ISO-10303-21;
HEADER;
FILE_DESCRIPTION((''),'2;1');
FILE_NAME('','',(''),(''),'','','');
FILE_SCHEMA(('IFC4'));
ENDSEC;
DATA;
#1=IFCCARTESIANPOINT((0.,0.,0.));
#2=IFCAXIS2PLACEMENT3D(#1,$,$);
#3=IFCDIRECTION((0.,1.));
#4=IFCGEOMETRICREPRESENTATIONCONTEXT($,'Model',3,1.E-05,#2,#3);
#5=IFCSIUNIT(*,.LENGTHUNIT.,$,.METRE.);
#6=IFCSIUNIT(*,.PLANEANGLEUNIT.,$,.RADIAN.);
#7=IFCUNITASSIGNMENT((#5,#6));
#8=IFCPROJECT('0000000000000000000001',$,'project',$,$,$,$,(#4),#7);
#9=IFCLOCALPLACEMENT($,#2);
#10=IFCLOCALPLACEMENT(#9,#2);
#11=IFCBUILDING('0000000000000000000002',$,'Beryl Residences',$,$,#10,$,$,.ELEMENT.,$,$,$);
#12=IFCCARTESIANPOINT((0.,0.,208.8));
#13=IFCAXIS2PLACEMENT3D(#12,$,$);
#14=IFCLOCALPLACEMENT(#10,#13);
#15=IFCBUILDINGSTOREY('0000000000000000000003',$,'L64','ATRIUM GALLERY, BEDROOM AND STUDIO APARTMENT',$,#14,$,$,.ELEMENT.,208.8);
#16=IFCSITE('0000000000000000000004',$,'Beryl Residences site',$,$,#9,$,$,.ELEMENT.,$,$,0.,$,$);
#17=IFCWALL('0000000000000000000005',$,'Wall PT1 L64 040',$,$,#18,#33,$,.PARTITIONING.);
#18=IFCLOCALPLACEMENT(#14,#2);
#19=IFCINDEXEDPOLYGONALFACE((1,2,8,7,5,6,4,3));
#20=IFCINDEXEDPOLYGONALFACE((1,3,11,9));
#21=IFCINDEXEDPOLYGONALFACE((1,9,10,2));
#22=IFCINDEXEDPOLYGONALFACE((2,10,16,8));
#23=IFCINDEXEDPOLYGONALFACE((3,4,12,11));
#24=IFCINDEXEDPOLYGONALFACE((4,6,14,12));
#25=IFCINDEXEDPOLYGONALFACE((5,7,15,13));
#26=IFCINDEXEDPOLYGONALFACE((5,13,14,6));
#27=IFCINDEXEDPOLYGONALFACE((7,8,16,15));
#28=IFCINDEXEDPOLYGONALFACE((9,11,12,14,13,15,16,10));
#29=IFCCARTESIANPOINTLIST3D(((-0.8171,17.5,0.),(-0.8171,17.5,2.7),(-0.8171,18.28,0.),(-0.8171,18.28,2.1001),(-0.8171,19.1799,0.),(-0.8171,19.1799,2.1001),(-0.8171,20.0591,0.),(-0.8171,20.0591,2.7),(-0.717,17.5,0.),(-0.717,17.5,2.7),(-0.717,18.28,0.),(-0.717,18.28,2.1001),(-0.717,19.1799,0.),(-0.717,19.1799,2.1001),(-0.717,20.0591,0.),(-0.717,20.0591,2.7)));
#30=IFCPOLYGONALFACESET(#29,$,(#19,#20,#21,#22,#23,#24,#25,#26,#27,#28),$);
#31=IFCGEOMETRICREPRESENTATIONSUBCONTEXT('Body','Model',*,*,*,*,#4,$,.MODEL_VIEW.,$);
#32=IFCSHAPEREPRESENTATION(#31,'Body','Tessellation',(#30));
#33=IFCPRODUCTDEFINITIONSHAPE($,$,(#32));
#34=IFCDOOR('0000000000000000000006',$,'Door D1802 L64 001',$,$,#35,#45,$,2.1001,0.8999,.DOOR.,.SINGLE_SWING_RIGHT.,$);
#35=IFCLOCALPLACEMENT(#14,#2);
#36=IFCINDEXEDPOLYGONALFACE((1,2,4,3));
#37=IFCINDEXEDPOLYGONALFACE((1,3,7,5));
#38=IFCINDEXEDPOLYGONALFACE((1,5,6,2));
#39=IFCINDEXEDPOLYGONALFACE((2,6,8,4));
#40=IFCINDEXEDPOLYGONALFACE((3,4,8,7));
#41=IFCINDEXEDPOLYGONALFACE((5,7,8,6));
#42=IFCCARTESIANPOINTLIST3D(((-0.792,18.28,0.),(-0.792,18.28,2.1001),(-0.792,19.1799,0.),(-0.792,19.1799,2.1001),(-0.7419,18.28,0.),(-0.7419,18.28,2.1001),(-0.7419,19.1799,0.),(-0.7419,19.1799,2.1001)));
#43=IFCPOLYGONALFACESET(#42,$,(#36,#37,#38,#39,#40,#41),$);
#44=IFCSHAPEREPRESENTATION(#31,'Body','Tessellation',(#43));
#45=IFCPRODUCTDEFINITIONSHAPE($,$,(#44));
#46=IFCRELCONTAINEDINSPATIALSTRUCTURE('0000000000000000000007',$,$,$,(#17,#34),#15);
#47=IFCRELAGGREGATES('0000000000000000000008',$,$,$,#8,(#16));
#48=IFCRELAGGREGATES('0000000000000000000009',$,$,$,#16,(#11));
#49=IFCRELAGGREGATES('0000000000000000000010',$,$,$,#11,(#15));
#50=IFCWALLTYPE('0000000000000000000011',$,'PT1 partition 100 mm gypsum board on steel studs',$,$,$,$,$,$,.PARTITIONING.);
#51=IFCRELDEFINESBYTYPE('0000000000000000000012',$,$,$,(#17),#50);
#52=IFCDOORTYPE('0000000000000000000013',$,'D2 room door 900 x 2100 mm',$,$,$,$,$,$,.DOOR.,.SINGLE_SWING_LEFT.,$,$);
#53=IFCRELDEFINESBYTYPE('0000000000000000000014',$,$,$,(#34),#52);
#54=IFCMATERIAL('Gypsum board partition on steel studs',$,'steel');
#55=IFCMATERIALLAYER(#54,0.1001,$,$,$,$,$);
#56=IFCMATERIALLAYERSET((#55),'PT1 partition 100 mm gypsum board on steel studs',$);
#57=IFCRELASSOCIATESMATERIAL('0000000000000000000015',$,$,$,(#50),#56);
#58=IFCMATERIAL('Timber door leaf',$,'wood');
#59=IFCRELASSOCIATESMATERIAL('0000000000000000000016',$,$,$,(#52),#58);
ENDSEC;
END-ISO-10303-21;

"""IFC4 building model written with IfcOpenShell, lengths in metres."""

from ifc_helpers import new_model, si_unit, direction, frame, frame_2d, origin, place, context, subcontext, project, spatial, rectangle, extrude, material, layer, layer_set, type_object, element, fill, save


model = new_model("IFC4")

# Units and contexts
model_context = context("Model", 3, precision=1e-05, world=origin(), true_north=direction((0.0, 1.0)))
body_context = subcontext(model_context, "Body", "Model", "MODEL_VIEW")
ifc_project = project(units=[si_unit("LENGTHUNIT", "METRE"), si_unit("PLANEANGLEUNIT", "RADIAN")], contexts=[model_context])

# Site, building, storey
site_placement = place(None, origin())
site = spatial("IfcSite", under=ifc_project, at=site_placement, Name="Beryl Residences site", CompositionType="ELEMENT", RefElevation=0.0)
building_placement = place(site_placement, origin())
building = spatial("IfcBuilding", under=site, at=building_placement, Name="Beryl Residences", CompositionType="ELEMENT")
storey_placement = place(building_placement, frame((0.0, 0.0, 208.8)))
storey = spatial("IfcBuildingStorey", under=building, at=storey_placement, Name="L64", Description="ATRIUM GALLERY, BEDROOM AND STUDIO APARTMENT", CompositionType="ELEMENT", Elevation=208.8)

# Shared definitions
ifc_material_1 = material(Name="Gypsum board partition on steel studs", Category="steel")
ifc_layer = layer(ifc_material_1, 0.1001)
ifc_layer_set = layer_set([ifc_layer], Name="PT1 partition 100 mm gypsum board on steel studs")
wall_type = type_object("IfcWallType", Name="PT1 partition 100 mm gypsum board on steel studs", PredefinedType="PARTITIONING", material=ifc_layer_set)

# Wall, opening, door
wall_1_placement = place(storey_placement, frame((-0.7671, 17.5, 0.0), z_axis=(0.0, 0.0, 1.0), x_axis=(0.0, 1.0, 0.0)))
wall_1 = element("IfcWall", 1, at=wall_1_placement, inside=storey, type_object=wall_type, Name="Wall PT1 L64 040", PredefinedType="PARTITIONING", context=body_context, shape_type="SweptSolid", body=[
    extrude(rectangle(XDim=2.5591, YDim=0.1001, at=frame_2d((1.2795, 0.0))), origin(), (0.0, 0.0, 1.0), 2.7),
])
opening_1_placement = place(wall_1_placement, frame((0.78, 0.0, 0.0)))
opening_1 = element("IfcOpeningElement", 2, at=opening_1_placement, cuts=wall_1, PredefinedType="OPENING", context=body_context, shape_type="SweptSolid", body=[
    extrude(rectangle(XDim=0.8999, YDim=2.1001, at=frame_2d((0.45, 1.05))), frame((0.0, 0.0601, 0.0), z_axis=(0.0, -1.0, 0.0), x_axis=(1.0, 0.0, 0.0)), (0.0, 0.0, 1.0), 0.1201),
])
ifc_material_2 = material(Name="Timber door leaf", Category="wood")
door_type_1 = type_object("IfcDoorType", Name="D2 room door 900 x 2100 mm", OperationType="SINGLE_SWING_LEFT", PredefinedType="DOOR", material=ifc_material_2)
door_1_placement = place(opening_1_placement, origin())
door_1 = element("IfcDoor", 3, at=door_1_placement, inside=storey, type_object=door_type_1, Name="Door D1802 L64 001", OperationType="SINGLE_SWING_RIGHT", OverallHeight=2.1001, OverallWidth=0.8999, PredefinedType="DOOR", context=body_context, shape_type="SweptSolid", body=[
    extrude(rectangle(XDim=0.8999, YDim=2.1001, at=frame_2d((0.45, 1.05))), frame((0.0, 0.0249, 0.0), z_axis=(0.0, -1.0, 0.0), x_axis=(1.0, 0.0, 0.0)), (0.0, 0.0, 1.0), 0.05),
])
fill(opening_1, door_1)

save(model, "model.ifc")
